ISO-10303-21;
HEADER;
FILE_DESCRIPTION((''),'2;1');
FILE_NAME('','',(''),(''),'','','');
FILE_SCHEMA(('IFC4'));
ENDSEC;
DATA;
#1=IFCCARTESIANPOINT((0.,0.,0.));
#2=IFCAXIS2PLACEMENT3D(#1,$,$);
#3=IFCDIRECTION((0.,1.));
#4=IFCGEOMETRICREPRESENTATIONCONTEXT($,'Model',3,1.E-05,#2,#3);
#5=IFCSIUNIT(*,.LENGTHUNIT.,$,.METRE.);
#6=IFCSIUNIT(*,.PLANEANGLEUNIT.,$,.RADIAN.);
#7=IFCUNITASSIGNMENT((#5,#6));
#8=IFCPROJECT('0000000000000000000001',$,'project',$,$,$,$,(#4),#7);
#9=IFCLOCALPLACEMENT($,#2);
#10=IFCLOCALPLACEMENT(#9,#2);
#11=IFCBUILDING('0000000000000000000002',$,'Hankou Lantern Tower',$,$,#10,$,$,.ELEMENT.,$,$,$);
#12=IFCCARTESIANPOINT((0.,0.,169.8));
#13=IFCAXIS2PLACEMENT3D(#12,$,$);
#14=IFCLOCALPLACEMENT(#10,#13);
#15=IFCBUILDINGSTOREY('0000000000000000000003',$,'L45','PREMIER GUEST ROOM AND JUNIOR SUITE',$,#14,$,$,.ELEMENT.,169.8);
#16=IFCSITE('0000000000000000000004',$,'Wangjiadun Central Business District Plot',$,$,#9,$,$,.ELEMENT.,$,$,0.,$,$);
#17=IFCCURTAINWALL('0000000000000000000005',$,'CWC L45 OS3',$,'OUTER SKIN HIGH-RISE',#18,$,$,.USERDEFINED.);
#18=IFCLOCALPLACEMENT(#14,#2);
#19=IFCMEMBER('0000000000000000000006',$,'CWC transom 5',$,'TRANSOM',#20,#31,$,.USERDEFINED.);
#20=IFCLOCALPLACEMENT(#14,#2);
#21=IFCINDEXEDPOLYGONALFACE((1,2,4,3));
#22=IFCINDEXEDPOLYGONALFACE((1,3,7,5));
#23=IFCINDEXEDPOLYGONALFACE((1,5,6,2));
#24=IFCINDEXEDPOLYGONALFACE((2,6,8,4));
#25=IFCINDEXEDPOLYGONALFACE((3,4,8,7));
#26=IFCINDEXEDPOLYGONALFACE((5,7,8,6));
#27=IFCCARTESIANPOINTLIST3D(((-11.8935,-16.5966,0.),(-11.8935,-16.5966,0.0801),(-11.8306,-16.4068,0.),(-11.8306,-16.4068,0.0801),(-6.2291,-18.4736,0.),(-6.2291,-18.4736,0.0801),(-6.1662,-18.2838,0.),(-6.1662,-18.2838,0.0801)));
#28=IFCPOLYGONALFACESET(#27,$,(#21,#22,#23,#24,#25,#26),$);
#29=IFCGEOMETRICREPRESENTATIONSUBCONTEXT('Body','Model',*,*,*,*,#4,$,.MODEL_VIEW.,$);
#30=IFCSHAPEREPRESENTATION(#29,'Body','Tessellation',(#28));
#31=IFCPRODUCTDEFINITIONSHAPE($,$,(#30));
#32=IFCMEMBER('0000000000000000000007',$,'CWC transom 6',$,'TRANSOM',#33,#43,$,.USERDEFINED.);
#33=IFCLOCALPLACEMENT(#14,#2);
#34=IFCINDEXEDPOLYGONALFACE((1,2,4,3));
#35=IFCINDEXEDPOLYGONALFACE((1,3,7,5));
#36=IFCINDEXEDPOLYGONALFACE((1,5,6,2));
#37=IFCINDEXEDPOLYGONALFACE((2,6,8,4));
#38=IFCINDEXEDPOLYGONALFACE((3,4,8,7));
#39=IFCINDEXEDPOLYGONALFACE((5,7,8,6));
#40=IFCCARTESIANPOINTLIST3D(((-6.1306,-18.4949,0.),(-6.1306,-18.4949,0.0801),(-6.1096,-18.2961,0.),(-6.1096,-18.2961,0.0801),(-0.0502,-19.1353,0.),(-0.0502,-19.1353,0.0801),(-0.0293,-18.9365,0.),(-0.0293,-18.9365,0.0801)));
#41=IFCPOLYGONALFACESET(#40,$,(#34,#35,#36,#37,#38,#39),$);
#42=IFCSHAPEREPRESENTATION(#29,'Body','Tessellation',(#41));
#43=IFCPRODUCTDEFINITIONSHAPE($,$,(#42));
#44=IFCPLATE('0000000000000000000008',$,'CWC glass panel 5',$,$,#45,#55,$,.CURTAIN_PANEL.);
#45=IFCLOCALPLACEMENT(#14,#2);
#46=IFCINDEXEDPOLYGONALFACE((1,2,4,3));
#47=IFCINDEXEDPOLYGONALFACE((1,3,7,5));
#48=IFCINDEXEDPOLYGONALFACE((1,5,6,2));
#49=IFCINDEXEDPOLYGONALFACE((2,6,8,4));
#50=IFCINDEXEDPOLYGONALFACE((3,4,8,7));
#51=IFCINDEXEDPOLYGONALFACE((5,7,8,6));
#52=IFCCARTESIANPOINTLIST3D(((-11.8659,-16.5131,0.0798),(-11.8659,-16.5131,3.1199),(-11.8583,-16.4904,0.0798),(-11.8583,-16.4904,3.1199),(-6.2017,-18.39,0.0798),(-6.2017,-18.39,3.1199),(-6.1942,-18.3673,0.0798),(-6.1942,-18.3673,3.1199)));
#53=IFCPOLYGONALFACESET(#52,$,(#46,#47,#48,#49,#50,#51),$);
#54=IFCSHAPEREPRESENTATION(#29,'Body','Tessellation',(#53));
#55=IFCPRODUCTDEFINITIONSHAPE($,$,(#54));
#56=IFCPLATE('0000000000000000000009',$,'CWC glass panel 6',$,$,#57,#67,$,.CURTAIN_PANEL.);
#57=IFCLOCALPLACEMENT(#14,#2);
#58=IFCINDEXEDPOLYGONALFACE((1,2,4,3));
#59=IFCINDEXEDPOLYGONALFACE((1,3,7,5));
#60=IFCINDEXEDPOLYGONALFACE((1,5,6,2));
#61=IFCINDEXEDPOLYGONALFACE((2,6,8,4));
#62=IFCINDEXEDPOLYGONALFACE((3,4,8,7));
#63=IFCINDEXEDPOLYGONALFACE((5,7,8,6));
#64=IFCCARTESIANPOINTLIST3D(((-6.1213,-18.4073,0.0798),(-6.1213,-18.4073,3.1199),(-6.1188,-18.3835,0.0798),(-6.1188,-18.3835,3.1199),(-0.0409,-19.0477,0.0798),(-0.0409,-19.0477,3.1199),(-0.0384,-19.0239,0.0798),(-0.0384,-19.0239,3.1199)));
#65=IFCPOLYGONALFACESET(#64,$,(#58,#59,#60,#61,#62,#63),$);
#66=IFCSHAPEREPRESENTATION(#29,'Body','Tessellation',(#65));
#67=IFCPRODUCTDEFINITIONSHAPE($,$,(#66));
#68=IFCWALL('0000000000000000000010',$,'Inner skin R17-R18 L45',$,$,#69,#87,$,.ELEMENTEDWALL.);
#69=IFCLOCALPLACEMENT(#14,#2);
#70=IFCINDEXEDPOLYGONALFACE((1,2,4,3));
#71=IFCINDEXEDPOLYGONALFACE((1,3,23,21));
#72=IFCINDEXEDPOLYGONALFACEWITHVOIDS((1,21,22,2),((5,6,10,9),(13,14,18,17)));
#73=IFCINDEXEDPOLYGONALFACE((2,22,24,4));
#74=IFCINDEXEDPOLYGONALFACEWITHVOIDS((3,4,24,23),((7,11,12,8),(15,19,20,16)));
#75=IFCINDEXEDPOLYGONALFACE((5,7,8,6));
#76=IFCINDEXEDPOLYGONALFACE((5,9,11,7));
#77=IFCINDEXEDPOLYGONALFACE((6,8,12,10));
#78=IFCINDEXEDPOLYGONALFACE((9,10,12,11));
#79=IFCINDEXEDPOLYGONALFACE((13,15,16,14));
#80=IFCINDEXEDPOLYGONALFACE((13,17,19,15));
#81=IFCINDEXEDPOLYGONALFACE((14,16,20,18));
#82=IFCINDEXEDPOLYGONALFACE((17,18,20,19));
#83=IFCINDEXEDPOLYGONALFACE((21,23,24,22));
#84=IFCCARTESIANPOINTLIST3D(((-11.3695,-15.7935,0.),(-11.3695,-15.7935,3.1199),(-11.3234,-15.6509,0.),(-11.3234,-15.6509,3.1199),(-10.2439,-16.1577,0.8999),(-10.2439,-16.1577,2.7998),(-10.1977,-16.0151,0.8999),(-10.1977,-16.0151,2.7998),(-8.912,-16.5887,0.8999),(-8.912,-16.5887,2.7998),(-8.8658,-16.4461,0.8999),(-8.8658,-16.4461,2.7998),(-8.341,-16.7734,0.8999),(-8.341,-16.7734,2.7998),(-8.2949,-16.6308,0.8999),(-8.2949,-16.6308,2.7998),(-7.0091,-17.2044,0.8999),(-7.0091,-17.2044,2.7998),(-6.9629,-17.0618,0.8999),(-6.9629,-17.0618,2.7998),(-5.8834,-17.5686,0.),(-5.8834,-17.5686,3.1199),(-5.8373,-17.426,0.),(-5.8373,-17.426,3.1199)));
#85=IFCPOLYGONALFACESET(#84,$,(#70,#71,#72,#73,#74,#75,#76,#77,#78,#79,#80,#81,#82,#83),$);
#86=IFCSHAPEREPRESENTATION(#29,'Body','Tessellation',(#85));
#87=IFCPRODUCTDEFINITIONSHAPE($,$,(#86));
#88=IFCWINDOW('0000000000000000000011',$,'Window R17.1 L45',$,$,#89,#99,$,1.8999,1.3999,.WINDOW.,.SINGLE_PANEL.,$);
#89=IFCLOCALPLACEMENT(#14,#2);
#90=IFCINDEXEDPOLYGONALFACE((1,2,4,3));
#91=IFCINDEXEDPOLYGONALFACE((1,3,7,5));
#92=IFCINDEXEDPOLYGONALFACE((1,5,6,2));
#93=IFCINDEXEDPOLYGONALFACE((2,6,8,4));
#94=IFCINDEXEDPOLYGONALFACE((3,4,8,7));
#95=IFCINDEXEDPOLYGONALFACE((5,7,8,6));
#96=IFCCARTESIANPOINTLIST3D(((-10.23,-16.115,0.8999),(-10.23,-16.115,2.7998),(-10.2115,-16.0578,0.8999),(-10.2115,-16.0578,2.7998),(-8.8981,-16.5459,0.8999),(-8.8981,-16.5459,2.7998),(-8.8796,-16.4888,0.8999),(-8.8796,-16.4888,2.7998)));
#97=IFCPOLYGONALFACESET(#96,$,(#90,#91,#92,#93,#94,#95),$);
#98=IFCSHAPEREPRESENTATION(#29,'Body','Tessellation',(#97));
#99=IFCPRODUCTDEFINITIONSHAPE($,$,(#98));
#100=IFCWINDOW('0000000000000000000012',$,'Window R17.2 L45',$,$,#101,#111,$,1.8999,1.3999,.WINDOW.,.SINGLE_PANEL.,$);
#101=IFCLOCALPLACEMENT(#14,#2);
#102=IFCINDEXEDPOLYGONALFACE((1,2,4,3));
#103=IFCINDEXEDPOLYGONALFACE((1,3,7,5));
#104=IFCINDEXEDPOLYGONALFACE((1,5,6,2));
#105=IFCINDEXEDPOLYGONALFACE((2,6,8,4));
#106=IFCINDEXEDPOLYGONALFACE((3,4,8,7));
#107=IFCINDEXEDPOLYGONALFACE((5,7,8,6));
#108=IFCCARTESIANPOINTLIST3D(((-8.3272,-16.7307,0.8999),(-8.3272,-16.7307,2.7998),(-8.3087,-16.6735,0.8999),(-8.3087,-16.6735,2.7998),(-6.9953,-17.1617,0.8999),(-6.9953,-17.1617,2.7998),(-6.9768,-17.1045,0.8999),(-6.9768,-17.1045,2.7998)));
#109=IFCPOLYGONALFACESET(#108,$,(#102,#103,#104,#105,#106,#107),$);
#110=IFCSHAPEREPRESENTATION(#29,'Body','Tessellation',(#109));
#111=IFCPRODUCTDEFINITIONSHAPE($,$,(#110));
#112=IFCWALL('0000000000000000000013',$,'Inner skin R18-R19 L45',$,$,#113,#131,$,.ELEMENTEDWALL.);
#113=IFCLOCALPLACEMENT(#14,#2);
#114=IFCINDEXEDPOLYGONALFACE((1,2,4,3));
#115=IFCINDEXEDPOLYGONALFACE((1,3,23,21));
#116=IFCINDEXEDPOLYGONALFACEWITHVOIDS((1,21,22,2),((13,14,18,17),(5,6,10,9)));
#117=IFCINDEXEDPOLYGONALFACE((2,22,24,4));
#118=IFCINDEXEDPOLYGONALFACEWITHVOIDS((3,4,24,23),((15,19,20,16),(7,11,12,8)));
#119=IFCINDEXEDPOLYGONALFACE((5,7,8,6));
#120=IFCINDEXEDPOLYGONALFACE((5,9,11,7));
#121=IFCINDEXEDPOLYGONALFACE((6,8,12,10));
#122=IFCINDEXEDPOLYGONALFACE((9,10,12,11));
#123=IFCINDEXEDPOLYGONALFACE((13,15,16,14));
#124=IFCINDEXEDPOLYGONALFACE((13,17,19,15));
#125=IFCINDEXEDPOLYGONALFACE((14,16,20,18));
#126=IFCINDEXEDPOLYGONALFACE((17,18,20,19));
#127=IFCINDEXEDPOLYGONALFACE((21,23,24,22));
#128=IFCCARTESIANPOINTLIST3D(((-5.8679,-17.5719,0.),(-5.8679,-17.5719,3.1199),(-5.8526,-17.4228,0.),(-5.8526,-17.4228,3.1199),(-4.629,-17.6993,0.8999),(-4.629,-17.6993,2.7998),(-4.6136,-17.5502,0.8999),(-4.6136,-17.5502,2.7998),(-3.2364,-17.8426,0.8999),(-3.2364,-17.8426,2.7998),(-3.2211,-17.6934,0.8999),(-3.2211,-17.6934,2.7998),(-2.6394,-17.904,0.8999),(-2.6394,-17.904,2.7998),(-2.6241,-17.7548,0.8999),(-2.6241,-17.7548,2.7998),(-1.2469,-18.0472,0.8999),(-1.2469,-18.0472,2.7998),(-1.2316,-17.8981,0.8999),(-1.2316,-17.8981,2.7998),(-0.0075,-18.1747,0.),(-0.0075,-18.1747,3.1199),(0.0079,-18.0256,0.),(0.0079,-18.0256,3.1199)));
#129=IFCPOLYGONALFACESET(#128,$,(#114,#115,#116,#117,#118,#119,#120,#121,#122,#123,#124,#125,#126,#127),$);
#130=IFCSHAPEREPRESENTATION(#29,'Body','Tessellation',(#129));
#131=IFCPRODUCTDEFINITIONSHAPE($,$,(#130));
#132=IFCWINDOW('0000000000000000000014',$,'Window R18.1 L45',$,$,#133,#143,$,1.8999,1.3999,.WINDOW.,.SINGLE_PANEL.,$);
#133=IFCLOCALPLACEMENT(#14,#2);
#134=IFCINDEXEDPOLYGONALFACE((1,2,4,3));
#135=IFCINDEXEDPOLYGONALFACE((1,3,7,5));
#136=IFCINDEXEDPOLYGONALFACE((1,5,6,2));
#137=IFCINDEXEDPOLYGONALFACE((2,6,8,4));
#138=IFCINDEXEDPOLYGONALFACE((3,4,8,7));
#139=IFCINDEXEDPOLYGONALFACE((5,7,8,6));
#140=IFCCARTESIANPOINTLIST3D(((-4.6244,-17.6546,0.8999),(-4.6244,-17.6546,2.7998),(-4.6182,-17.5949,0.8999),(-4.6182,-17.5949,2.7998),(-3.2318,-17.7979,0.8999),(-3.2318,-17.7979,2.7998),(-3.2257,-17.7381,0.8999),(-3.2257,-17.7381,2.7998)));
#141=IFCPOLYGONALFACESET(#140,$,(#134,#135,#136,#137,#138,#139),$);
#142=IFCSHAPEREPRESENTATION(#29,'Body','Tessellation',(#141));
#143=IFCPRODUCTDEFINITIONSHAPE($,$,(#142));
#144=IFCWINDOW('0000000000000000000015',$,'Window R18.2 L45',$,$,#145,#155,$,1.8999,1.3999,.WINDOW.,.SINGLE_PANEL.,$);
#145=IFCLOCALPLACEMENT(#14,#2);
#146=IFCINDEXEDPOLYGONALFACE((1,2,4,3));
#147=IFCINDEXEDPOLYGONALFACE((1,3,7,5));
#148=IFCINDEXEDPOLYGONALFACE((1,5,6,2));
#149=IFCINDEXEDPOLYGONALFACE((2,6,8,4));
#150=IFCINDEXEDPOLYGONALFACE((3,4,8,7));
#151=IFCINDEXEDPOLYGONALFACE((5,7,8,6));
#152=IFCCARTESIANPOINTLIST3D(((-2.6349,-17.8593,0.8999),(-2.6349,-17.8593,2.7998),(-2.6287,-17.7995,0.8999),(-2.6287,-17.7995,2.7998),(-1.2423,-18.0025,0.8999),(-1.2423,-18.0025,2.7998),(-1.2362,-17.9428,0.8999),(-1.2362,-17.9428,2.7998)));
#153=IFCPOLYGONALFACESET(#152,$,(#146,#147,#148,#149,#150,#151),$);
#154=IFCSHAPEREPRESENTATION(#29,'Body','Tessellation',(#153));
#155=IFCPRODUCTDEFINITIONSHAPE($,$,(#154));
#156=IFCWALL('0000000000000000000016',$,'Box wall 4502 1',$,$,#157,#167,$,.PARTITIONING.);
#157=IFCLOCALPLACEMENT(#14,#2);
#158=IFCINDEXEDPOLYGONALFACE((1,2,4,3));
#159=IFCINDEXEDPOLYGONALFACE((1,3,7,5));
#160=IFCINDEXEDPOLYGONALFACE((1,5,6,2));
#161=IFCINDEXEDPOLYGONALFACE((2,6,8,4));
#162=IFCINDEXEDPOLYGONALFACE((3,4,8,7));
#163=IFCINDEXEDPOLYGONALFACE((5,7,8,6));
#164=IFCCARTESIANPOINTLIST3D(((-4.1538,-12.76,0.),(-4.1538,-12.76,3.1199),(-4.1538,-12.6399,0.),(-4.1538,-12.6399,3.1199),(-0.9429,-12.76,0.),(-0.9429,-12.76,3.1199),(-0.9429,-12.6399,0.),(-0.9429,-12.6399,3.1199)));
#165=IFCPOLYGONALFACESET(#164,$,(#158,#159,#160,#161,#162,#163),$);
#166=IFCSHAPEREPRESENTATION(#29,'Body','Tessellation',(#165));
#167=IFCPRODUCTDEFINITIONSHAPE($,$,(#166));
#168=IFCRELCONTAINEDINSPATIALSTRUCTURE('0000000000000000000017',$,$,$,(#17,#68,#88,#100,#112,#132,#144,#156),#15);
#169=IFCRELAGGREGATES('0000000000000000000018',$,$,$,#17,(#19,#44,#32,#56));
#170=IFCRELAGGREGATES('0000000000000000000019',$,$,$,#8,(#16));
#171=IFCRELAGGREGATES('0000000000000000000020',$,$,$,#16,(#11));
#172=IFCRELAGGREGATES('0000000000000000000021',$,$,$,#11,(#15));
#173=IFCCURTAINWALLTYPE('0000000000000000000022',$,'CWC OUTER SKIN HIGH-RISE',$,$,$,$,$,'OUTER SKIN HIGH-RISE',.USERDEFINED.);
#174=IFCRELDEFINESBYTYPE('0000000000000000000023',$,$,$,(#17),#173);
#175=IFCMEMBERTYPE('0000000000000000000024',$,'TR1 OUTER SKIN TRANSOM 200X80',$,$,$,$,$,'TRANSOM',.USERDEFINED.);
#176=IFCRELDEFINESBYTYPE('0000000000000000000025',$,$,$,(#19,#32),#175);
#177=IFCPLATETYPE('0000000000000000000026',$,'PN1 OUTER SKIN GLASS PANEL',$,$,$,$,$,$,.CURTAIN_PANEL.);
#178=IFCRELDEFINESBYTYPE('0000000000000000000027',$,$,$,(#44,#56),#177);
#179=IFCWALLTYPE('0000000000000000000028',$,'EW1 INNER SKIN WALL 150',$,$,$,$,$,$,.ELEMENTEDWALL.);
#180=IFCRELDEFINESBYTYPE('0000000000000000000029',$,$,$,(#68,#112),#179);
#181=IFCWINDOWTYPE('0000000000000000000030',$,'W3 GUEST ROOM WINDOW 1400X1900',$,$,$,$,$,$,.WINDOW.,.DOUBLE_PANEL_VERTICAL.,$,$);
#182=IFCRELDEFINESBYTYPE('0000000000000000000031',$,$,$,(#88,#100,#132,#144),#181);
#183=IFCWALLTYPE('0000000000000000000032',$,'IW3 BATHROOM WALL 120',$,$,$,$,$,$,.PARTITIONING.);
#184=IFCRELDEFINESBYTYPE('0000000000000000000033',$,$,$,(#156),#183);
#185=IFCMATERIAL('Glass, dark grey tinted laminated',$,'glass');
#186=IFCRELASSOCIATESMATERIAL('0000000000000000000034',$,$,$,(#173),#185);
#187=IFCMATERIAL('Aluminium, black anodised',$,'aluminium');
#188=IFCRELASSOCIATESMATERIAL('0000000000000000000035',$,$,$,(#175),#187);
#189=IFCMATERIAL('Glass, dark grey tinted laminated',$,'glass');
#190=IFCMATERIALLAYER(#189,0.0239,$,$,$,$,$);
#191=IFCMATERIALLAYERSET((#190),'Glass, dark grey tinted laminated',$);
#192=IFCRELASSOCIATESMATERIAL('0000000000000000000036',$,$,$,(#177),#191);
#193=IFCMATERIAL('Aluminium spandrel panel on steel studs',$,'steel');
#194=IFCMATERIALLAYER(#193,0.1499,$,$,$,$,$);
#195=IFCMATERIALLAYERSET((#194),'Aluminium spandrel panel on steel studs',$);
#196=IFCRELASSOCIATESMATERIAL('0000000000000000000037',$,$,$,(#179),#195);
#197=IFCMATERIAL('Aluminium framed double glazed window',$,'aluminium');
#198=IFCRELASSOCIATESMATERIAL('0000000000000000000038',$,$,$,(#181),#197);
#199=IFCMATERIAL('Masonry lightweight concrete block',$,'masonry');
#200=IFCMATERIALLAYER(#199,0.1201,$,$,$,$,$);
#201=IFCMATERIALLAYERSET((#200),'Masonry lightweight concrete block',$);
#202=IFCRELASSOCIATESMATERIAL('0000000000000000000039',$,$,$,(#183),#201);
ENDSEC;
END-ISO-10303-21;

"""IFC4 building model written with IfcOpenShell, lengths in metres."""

from ifc_helpers import new_model, si_unit, direction, frame, frame_2d, origin, origin_2d, place, context, subcontext, project, spatial, rectangle, extrude, material, layer, layer_set, material_profile, profile_set, type_object, element, fill, aggregate, save


model = new_model("IFC4")

# Units and contexts
model_context = context("Model", 3, precision=1e-05, world=origin(), true_north=direction((0.0, 1.0)))
body_context = subcontext(model_context, "Body", "Model", "MODEL_VIEW")
ifc_project = project(units=[si_unit("LENGTHUNIT", "METRE"), si_unit("PLANEANGLEUNIT", "RADIAN")], contexts=[model_context])

# Site, building, storey
site_placement = place(None, origin())
site = spatial("IfcSite", under=ifc_project, at=site_placement, Name="Wangjiadun Central Business District Plot", CompositionType="ELEMENT", RefElevation=0.0)
building_placement = place(site_placement, origin())
building = spatial("IfcBuilding", under=site, at=building_placement, Name="Hankou Lantern Tower", CompositionType="ELEMENT")
storey_placement = place(building_placement, frame((0.0, 0.0, 169.8)))
storey = spatial("IfcBuildingStorey", under=building, at=storey_placement, Name="L45", Description="PREMIER GUEST ROOM AND JUNIOR SUITE", CompositionType="ELEMENT", Elevation=169.8)

# Curtain wall
ifc_material_1 = material(Name="Glass, dark grey tinted laminated", Category="glass")
curtain_wall_type = type_object("IfcCurtainWallType", Name="CWC OUTER SKIN HIGH-RISE", ElementType="OUTER SKIN HIGH-RISE", PredefinedType="USERDEFINED", material=ifc_material_1)
curtain_wall_placement = place(storey_placement, origin())
curtain_wall = element("IfcCurtainWall", 1, at=curtain_wall_placement, inside=storey, type_object=curtain_wall_type, Name="CWC L45 OS3", ObjectType="OUTER SKIN HIGH-RISE", PredefinedType="USERDEFINED")

# Members
ifc_material_2 = material(Name="Aluminium, black anodised", Category="aluminium")
ifc_material_profile_1 = material_profile(ifc_material_2, rectangle(XDim=0.2, YDim=0.0801, at=origin_2d()), Name="TR1 200X80")
ifc_profile_set_1 = profile_set([ifc_material_profile_1], Name="Aluminium, black anodised")
member_type_1 = type_object("IfcMemberType", Name="TR1 OUTER SKIN TRANSOM 200X80", ElementType="TRANSOM", PredefinedType="USERDEFINED", material=ifc_profile_set_1)
member_1_placement = place(storey_placement, frame((-11.8621, -16.5017, 0.04), z_axis=(0.949242, -0.314546, 0.0), x_axis=(0.314546, 0.949242, 0.0)))
member_1 = element("IfcMember", 2, at=member_1_placement, type_object=member_type_1, Name="CWC transom 5", ObjectType="TRANSOM", PredefinedType="USERDEFINED", context=body_context, shape_type="SweptSolid", body=[
    extrude(rectangle(XDim=0.2, YDim=0.0801, at=origin_2d()), origin(), (0.0, 0.0, 1.0), 5.9673),
])
member_2_placement = place(storey_placement, frame((-6.1201, -18.3955, 0.04), z_axis=(0.9945, -0.104741, 0.0), x_axis=(0.104741, 0.9945, 0.0)))
member_2 = element("IfcMember", 3, at=member_2_placement, type_object=member_type_1, Name="CWC transom 6", ObjectType="TRANSOM", PredefinedType="USERDEFINED", context=body_context, shape_type="SweptSolid", body=[
    extrude(rectangle(XDim=0.2, YDim=0.0801, at=origin_2d()), origin(), (0.0, 0.0, 1.0), 6.114),
])

# Plates
ifc_material_3 = material(Name="Glass, dark grey tinted laminated", Category="glass")
ifc_layer_1 = layer(ifc_material_3, 0.0239)
ifc_layer_set_1 = layer_set([ifc_layer_1], Name="Glass, dark grey tinted laminated")
plate_type = type_object("IfcPlateType", Name="PN1 OUTER SKIN GLASS PANEL", PredefinedType="CURTAIN_PANEL", material=ifc_layer_set_1)
plate_1_placement = place(storey_placement, frame((-9.03, -17.4402, 0.0798), z_axis=(0.0, 0.0, 1.0), x_axis=(0.949241, -0.314551, 0.0)))
plate_1 = element("IfcPlate", 4, at=plate_1_placement, type_object=plate_type, Name="CWC glass panel 5", PredefinedType="CURTAIN_PANEL", context=body_context, shape_type="SweptSolid", body=[
    extrude(rectangle(XDim=5.967, YDim=0.0239, at=origin_2d()), origin(), (0.0, 0.0, 1.0), 3.04),
])
plate_2_placement = place(storey_placement, frame((-3.0798, -18.7156, 0.0798), z_axis=(0.0, 0.0, 1.0), x_axis=(0.994499, -0.104743, 0.0)))
plate_2 = element("IfcPlate", 5, at=plate_2_placement, type_object=plate_type, Name="CWC glass panel 6", PredefinedType="CURTAIN_PANEL", context=body_context, shape_type="SweptSolid", body=[
    extrude(rectangle(XDim=6.114, YDim=0.0239, at=origin_2d()), origin(), (0.0, 0.0, 1.0), 3.04),
])
aggregate(curtain_wall, [member_1, plate_1, member_2, plate_2])

# Walls, openings, windows
ifc_material_4 = material(Name="Aluminium spandrel panel on steel studs", Category="steel")
ifc_layer_2 = layer(ifc_material_4, 0.1499)
ifc_layer_set_2 = layer_set([ifc_layer_2], Name="Aluminium spandrel panel on steel studs")
wall_type_1 = type_object("IfcWallType", Name="EW1 INNER SKIN WALL 150", PredefinedType="ELEMENTEDWALL", material=ifc_layer_set_2)
wall_1_placement = place(storey_placement, frame((-11.3464, -15.7222, 0.0), z_axis=(0.0, 0.0, 1.0), x_axis=(0.951432, -0.307857, 0.0)))
wall_1 = element("IfcWall", 6, at=wall_1_placement, inside=storey, type_object=wall_type_1, Name="Inner skin R17-R18 L45", PredefinedType="ELEMENTEDWALL", context=body_context, shape_type="SweptSolid", body=[
    extrude(rectangle(XDim=5.7661, YDim=0.1499, at=frame_2d((2.8831, 0.0))), origin(), (0.0, 0.0, 1.0), 3.1199),
])
opening_1_placement = place(wall_1_placement, frame((1.1831, 0.0, 0.8999)))
opening_1 = element("IfcOpeningElement", 7, at=opening_1_placement, cuts=wall_1, PredefinedType="OPENING", context=body_context, shape_type="SweptSolid", body=[
    extrude(rectangle(XDim=1.3999, YDim=1.8999, at=frame_2d((0.7, 0.95))), frame((0.0, 0.085, 0.0), z_axis=(0.0, -1.0, 0.0), x_axis=(1.0, 0.0, 0.0)), (0.0, 0.0, 1.0), 0.1699),
])
opening_2_placement = place(wall_1_placement, frame((3.1831, 0.0, 0.8999)))
opening_2 = element("IfcOpeningElement", 8, at=opening_2_placement, cuts=wall_1, PredefinedType="OPENING", context=body_context, shape_type="SweptSolid", body=[
    extrude(rectangle(XDim=1.3999, YDim=1.8999, at=frame_2d((0.7, 0.95))), frame((0.0, 0.085, 0.0), z_axis=(0.0, -1.0, 0.0), x_axis=(1.0, 0.0, 0.0)), (0.0, 0.0, 1.0), 0.1699),
])
ifc_material_5 = material(Name="Aluminium framed double glazed window", Category="aluminium")
window_type = type_object("IfcWindowType", Name="W3 GUEST ROOM WINDOW 1400X1900", PartitioningType="DOUBLE_PANEL_VERTICAL", PredefinedType="WINDOW", material=ifc_material_5)
window_1_placement = place(opening_1_placement, origin())
window_1 = element("IfcWindow", 9, at=window_1_placement, inside=storey, type_object=window_type, Name="Window R17.1 L45", OverallHeight=1.8999, OverallWidth=1.3999, PartitioningType="SINGLE_PANEL", PredefinedType="WINDOW", context=body_context, shape_type="SweptSolid", body=[
    extrude(rectangle(XDim=1.3999, YDim=1.8999, at=frame_2d((0.7, 0.95))), frame((0.0, 0.03, 0.0), z_axis=(0.0, -1.0, 0.0), x_axis=(1.0, 0.0, 0.0)), (0.0, 0.0, 1.0), 0.0601),
])
fill(opening_1, window_1)
window_2_placement = place(opening_2_placement, origin())
window_2 = element("IfcWindow", 10, at=window_2_placement, inside=storey, type_object=window_type, Name="Window R17.2 L45", OverallHeight=1.8999, OverallWidth=1.3999, PartitioningType="SINGLE_PANEL", PredefinedType="WINDOW", context=body_context, shape_type="SweptSolid", body=[
    extrude(rectangle(XDim=1.3999, YDim=1.8999, at=frame_2d((0.7, 0.95))), frame((0.0, 0.03, 0.0), z_axis=(0.0, -1.0, 0.0), x_axis=(1.0, 0.0, 0.0)), (0.0, 0.0, 1.0), 0.0601),
])
fill(opening_2, window_2)
wall_2_placement = place(storey_placement, frame((-5.8604, -17.4973, 0.0), z_axis=(0.0, 0.0, 1.0), x_axis=(0.994752, -0.102318, 0.0)))
wall_2 = element("IfcWall", 11, at=wall_2_placement, inside=storey, type_object=wall_type_1, Name="Inner skin R18-R19 L45", PredefinedType="ELEMENTEDWALL", context=body_context, shape_type="SweptSolid", body=[
    extrude(rectangle(XDim=5.8914, YDim=0.1499, at=frame_2d((2.9458, 0.0))), origin(), (0.0, 0.0, 1.0), 3.1199),
])
opening_3_placement = place(wall_2_placement, frame((1.2456, 0.0, 0.8999)))
opening_3 = element("IfcOpeningElement", 12, at=opening_3_placement, cuts=wall_2, PredefinedType="OPENING", context=body_context, shape_type="SweptSolid", body=[
    extrude(rectangle(XDim=1.3999, YDim=1.8999, at=frame_2d((0.7, 0.95))), frame((0.0, 0.085, 0.0), z_axis=(0.0, -1.0, 0.0), x_axis=(1.0, 0.0, 0.0)), (0.0, 0.0, 1.0), 0.1699),
])
opening_4_placement = place(wall_2_placement, frame((3.2456, 0.0, 0.8999)))
opening_4 = element("IfcOpeningElement", 13, at=opening_4_placement, cuts=wall_2, PredefinedType="OPENING", context=body_context, shape_type="SweptSolid", body=[
    extrude(rectangle(XDim=1.3999, YDim=1.8999, at=frame_2d((0.7, 0.95))), frame((0.0, 0.085, 0.0), z_axis=(0.0, -1.0, 0.0), x_axis=(1.0, 0.0, 0.0)), (0.0, 0.0, 1.0), 0.1699),
])
window_3_placement = place(opening_3_placement, origin())
window_3 = element("IfcWindow", 14, at=window_3_placement, inside=storey, type_object=window_type, Name="Window R18.1 L45", OverallHeight=1.8999, OverallWidth=1.3999, PartitioningType="SINGLE_PANEL", PredefinedType="WINDOW", context=body_context, shape_type="SweptSolid", body=[
    extrude(rectangle(XDim=1.3999, YDim=1.8999, at=frame_2d((0.7, 0.95))), frame((0.0, 0.03, 0.0), z_axis=(0.0, -1.0, 0.0), x_axis=(1.0, 0.0, 0.0)), (0.0, 0.0, 1.0), 0.0601),
])
fill(opening_3, window_3)
window_4_placement = place(opening_4_placement, origin())
window_4 = element("IfcWindow", 15, at=window_4_placement, inside=storey, type_object=window_type, Name="Window R18.2 L45", OverallHeight=1.8999, OverallWidth=1.3999, PartitioningType="SINGLE_PANEL", PredefinedType="WINDOW", context=body_context, shape_type="SweptSolid", body=[
    extrude(rectangle(XDim=1.3999, YDim=1.8999, at=frame_2d((0.7, 0.95))), frame((0.0, 0.03, 0.0), z_axis=(0.0, -1.0, 0.0), x_axis=(1.0, 0.0, 0.0)), (0.0, 0.0, 1.0), 0.0601),
])
fill(opening_4, window_4)

# Wall
ifc_material_6 = material(Name="Masonry lightweight concrete block", Category="masonry")
ifc_layer_3 = layer(ifc_material_6, 0.1201)
ifc_layer_set_3 = layer_set([ifc_layer_3], Name="Masonry lightweight concrete block")
wall_type_2 = type_object("IfcWallType", Name="IW3 BATHROOM WALL 120", PredefinedType="PARTITIONING", material=ifc_layer_set_3)
wall_3_placement = place(storey_placement, frame((-4.1538, -12.7, 0.0), z_axis=(0.0, 0.0, 1.0), x_axis=(1.0, 0.0, 0.0)))
element("IfcWall", 16, at=wall_3_placement, inside=storey, type_object=wall_type_2, Name="Box wall 4502 1", PredefinedType="PARTITIONING", context=body_context, shape_type="SweptSolid", body=[
    extrude(rectangle(XDim=3.2109, YDim=0.1201, at=frame_2d((1.6055, 0.0))), origin(), (0.0, 0.0, 1.0), 3.1199),
])

save(model, "model.ifc")
